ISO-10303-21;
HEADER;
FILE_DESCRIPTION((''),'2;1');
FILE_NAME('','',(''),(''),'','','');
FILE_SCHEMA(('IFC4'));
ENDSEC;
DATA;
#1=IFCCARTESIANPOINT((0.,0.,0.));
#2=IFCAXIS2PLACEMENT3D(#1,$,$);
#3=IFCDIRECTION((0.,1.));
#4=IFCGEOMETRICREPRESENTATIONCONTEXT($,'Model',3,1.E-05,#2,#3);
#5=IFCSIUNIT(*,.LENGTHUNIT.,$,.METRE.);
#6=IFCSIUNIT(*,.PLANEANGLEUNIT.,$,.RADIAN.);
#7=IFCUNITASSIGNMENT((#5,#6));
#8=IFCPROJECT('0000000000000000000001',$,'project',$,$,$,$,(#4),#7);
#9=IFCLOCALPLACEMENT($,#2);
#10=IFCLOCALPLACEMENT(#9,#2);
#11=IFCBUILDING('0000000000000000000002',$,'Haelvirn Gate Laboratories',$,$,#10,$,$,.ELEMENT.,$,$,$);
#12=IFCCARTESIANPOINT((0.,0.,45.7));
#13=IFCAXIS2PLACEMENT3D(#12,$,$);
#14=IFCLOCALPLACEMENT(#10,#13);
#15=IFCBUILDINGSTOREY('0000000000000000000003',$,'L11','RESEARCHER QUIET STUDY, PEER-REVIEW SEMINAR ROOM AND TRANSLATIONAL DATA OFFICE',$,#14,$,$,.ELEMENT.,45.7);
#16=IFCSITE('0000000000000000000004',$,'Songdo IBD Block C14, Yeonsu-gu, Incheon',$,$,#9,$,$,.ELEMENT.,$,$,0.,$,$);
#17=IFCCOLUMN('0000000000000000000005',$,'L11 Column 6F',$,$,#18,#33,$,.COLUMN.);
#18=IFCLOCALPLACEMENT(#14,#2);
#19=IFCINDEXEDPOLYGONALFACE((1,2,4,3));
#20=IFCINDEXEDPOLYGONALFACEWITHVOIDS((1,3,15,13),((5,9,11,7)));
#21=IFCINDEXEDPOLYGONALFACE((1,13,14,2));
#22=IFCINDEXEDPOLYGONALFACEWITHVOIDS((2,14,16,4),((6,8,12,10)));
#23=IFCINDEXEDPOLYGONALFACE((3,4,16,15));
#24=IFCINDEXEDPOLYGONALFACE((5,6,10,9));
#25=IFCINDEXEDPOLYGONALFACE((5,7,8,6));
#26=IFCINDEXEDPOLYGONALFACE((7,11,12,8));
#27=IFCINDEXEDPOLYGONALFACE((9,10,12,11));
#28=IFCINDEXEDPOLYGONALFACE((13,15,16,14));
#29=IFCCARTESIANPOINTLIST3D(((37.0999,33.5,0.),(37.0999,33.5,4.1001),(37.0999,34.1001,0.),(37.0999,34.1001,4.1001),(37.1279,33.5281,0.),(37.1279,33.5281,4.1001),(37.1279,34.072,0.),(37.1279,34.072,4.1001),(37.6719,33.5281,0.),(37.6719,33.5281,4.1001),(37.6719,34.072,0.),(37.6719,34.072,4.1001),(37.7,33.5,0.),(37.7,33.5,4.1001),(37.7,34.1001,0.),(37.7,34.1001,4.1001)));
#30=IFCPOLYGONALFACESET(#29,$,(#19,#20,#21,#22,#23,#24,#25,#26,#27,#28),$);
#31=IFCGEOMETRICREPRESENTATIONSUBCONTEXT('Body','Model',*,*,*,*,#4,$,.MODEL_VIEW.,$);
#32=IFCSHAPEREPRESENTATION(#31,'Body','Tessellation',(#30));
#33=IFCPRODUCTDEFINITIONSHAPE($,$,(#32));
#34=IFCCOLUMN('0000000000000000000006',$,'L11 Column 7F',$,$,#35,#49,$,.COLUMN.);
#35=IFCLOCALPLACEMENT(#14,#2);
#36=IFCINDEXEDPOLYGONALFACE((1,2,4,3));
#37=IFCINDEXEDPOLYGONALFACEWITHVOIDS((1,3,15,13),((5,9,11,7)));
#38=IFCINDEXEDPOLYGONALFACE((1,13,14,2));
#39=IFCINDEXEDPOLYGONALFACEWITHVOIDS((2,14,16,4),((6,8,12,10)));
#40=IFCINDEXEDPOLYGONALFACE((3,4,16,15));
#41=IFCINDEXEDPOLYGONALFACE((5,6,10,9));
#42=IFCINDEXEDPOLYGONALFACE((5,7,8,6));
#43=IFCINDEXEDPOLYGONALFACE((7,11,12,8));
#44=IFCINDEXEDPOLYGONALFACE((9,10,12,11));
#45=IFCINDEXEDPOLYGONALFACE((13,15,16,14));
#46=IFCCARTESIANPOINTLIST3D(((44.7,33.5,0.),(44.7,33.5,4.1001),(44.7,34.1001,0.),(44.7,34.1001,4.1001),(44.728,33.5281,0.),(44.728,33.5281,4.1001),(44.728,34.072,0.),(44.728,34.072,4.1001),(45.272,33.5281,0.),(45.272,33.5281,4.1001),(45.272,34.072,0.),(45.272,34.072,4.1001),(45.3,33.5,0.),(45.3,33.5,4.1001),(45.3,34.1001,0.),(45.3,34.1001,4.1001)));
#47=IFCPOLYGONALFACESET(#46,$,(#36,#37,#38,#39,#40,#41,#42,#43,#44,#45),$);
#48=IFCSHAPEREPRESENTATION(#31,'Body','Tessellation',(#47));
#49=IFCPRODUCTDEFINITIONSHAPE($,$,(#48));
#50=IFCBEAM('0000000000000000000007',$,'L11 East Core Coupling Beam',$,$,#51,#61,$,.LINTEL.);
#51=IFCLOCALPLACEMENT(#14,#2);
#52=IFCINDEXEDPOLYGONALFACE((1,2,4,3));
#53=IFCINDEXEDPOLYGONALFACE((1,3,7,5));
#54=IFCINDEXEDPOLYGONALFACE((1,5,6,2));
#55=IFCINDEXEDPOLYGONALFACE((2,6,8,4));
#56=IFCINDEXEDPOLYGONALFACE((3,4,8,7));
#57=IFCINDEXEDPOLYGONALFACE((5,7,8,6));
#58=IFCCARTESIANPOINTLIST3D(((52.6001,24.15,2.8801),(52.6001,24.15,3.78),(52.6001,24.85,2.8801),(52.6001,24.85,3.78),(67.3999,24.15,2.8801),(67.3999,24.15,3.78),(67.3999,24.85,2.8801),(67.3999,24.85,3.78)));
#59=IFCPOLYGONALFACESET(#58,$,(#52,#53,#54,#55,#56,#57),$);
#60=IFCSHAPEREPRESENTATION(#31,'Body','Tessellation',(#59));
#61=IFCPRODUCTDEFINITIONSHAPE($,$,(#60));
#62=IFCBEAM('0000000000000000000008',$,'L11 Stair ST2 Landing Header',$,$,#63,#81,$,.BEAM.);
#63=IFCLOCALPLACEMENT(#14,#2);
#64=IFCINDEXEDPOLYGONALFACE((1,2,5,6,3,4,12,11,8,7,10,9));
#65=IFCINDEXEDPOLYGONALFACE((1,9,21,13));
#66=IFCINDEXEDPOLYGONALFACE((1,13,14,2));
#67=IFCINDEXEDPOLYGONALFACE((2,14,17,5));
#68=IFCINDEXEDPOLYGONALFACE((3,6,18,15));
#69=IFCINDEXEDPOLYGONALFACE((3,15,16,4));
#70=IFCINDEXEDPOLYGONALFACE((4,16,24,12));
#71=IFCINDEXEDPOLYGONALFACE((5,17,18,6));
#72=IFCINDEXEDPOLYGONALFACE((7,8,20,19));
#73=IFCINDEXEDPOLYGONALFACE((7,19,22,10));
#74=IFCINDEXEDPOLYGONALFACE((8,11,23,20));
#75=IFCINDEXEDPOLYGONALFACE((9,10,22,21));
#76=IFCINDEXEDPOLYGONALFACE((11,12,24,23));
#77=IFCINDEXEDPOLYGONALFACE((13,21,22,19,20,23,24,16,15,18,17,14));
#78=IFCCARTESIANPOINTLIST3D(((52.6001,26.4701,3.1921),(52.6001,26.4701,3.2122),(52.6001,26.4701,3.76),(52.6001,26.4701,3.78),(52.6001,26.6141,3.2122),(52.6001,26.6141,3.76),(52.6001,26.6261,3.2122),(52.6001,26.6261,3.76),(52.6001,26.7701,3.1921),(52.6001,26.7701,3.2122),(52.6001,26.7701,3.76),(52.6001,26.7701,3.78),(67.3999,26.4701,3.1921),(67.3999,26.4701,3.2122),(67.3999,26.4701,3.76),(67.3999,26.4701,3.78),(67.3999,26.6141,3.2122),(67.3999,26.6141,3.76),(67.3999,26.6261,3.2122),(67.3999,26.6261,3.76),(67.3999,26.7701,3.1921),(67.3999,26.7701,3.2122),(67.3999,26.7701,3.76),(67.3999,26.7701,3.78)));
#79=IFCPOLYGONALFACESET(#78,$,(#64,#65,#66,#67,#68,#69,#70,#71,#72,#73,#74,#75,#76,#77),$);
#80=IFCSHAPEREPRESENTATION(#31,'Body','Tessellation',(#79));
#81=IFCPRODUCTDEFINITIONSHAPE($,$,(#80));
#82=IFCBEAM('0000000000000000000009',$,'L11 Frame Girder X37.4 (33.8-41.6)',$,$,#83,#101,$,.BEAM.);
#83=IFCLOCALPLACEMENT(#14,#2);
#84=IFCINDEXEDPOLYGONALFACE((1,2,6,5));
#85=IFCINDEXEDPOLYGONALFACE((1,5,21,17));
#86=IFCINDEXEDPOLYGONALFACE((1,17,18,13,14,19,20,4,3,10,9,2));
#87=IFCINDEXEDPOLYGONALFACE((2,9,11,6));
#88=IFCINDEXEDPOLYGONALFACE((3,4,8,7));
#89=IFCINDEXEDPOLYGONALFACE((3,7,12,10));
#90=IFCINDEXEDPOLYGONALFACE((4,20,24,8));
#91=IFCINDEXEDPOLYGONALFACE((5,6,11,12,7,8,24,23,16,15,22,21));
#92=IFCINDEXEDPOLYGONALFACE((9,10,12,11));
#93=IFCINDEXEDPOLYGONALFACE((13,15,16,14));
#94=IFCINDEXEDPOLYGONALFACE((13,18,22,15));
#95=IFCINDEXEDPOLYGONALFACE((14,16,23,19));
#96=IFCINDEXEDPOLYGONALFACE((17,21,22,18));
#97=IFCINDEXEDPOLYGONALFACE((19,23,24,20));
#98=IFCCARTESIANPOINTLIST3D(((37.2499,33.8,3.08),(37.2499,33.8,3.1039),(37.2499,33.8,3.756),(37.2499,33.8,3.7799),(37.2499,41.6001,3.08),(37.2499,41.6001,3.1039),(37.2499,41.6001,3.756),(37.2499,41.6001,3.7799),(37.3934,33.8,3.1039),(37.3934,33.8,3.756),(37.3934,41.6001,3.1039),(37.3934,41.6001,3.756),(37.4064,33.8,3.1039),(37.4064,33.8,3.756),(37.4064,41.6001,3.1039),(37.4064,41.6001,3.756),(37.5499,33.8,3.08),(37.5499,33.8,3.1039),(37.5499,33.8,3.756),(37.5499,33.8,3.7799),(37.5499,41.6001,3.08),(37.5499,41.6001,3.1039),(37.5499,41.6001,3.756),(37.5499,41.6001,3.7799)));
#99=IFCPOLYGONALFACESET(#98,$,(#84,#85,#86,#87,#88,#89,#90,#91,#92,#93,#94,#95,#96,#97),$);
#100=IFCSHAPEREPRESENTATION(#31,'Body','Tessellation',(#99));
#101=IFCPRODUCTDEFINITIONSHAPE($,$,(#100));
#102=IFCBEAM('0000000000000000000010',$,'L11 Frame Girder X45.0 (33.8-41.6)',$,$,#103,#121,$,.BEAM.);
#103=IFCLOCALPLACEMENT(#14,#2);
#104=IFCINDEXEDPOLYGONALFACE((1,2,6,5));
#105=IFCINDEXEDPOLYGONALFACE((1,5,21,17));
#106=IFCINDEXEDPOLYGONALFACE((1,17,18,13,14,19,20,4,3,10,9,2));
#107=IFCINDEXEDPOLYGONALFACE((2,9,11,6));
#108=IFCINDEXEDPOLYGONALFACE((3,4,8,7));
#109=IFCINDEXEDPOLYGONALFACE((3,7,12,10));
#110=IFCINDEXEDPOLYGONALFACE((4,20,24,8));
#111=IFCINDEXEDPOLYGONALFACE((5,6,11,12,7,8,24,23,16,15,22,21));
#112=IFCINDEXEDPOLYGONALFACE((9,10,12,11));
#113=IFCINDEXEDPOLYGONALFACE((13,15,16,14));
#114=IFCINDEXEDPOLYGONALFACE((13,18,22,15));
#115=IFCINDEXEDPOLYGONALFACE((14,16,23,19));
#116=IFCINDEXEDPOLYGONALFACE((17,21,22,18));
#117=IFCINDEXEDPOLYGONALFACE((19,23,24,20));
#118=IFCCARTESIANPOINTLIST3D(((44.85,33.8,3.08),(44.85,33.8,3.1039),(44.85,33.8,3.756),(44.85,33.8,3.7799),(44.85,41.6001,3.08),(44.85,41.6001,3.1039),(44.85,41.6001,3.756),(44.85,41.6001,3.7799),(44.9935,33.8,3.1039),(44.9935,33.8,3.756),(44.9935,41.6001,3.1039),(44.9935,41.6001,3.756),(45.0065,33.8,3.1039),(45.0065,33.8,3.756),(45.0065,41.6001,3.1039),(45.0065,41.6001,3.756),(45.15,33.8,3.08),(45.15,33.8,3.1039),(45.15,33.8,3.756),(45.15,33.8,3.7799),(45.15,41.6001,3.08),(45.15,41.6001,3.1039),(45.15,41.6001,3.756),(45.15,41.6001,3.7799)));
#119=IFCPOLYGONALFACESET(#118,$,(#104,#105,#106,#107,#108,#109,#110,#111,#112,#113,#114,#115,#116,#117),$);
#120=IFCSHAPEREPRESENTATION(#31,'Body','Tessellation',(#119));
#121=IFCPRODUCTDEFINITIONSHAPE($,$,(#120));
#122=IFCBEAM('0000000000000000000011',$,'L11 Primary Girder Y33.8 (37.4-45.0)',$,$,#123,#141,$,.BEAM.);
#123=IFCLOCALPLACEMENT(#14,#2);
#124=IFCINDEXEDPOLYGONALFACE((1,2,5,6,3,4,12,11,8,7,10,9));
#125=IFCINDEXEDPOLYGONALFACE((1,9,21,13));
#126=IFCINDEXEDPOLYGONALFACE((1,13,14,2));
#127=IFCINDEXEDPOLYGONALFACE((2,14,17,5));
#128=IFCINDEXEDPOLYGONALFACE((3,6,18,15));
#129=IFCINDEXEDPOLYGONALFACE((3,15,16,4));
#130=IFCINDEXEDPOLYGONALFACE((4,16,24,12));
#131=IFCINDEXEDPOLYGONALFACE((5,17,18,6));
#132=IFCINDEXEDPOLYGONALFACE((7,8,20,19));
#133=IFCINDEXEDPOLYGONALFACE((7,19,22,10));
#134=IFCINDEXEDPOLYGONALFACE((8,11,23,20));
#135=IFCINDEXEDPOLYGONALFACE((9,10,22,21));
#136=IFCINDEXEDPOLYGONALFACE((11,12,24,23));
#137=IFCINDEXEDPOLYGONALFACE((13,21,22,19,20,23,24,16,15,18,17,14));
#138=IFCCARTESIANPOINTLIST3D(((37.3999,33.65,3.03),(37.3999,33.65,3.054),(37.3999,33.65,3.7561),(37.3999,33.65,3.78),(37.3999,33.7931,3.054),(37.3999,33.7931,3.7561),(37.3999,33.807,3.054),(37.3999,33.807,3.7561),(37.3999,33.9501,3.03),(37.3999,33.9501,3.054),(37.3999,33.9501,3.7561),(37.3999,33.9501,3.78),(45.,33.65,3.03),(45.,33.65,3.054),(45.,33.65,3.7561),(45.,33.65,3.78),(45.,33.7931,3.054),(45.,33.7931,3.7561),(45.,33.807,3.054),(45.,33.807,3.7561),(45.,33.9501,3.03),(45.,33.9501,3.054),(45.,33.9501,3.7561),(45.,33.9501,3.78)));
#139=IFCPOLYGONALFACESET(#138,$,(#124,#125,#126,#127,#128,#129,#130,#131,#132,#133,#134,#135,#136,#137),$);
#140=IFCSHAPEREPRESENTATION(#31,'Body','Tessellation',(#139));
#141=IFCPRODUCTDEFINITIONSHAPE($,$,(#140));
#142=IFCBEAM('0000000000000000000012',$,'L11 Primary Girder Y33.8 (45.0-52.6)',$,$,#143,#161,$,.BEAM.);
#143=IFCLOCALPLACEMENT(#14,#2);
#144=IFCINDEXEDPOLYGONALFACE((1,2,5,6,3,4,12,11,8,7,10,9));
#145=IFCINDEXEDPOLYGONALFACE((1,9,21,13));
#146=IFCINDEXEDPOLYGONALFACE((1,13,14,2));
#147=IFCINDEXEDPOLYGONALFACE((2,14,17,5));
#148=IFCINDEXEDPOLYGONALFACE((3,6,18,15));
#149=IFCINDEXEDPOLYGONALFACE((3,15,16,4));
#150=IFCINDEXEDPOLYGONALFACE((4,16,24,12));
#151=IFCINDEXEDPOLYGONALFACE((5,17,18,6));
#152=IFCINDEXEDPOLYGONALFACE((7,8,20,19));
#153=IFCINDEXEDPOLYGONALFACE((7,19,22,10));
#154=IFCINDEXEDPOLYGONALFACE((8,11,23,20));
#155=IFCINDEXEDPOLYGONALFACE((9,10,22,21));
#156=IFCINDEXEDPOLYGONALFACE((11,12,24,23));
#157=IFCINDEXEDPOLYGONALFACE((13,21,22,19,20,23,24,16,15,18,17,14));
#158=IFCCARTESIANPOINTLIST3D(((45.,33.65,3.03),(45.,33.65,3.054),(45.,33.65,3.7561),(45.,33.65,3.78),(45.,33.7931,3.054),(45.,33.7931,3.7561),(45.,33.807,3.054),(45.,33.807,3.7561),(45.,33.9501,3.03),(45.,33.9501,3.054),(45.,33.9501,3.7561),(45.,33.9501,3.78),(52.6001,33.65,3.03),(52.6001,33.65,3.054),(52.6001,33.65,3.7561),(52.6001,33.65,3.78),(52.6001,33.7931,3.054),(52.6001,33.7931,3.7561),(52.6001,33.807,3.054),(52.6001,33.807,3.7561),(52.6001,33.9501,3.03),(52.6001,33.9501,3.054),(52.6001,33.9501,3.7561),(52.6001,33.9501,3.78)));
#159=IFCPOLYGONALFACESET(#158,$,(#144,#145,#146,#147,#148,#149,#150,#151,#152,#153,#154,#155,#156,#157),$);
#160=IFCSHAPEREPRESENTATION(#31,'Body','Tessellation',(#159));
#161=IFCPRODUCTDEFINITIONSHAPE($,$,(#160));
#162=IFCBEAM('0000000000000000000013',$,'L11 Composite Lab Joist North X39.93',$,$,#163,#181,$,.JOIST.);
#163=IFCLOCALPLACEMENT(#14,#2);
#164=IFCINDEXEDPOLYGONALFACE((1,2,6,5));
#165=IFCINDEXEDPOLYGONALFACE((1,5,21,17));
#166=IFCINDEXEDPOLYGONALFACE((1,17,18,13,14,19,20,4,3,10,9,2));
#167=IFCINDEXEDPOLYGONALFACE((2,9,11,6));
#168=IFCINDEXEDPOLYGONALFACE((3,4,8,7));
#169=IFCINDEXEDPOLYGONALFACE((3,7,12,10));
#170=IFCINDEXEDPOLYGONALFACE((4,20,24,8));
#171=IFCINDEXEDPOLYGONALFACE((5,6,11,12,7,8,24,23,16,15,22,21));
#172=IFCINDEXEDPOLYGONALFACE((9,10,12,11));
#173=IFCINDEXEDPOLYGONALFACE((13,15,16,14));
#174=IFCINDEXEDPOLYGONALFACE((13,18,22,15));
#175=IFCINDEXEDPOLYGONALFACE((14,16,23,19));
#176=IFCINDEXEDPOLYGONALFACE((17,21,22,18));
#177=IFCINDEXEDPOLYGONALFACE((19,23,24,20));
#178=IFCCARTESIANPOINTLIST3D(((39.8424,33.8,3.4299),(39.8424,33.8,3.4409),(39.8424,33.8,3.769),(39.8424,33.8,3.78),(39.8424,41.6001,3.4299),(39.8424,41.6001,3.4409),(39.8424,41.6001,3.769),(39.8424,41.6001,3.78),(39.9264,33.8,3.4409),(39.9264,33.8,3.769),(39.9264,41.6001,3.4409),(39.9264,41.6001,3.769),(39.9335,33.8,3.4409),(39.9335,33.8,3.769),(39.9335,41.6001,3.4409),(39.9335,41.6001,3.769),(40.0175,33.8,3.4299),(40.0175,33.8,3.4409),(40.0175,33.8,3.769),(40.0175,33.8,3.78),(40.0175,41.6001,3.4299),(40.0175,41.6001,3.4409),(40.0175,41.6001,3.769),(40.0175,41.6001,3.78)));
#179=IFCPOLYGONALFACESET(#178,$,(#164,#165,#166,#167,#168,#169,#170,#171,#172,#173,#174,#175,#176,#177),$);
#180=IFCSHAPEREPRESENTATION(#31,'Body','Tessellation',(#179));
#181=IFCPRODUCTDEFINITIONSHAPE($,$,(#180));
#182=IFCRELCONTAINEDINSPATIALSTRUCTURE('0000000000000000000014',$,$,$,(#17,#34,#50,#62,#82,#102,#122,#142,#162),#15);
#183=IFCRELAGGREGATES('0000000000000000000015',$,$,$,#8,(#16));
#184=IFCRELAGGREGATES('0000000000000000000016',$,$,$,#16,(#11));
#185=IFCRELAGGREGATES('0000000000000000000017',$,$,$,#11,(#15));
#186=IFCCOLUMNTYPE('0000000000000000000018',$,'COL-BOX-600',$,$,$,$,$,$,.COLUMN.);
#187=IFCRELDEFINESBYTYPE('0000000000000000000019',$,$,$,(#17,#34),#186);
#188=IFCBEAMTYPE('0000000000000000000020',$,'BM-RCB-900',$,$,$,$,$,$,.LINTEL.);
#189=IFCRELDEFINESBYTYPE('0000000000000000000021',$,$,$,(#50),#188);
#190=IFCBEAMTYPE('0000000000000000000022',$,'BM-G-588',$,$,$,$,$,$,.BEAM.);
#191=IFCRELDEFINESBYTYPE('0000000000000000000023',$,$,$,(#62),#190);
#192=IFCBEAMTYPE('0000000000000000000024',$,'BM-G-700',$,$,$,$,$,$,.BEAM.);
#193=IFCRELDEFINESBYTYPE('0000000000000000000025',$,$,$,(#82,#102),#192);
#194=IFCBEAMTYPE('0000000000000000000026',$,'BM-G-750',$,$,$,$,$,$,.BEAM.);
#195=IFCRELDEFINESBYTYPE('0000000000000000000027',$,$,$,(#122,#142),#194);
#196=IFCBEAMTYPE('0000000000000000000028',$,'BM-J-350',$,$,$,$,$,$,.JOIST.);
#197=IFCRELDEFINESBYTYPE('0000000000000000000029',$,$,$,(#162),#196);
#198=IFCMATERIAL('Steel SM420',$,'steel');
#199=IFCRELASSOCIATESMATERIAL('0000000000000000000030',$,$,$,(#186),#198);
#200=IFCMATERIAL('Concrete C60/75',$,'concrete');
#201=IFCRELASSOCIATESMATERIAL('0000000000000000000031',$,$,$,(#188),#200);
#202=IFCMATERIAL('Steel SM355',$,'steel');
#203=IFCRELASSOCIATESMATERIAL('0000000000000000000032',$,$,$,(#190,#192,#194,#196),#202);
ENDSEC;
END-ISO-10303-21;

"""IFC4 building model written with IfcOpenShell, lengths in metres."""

from ifc_helpers import new_model, si_unit, direction, frame, origin, origin_2d, place, context, subcontext, project, spatial, rectangle, hollow_rectangle, i_section, extrude, source, transform, mapped, material, material_profile, profile_set, type_object, type_shapes, element, save


model = new_model("IFC4")

# Units and contexts
model_context = context("Model", 3, precision=1e-05, world=origin(), true_north=direction((0.0, 1.0)))
body_context = subcontext(model_context, "Body", "Model", "MODEL_VIEW")
ifc_project = project(units=[si_unit("LENGTHUNIT", "METRE"), si_unit("PLANEANGLEUNIT", "RADIAN")], contexts=[model_context])

# Site, building, storey
site_placement = place(None, origin())
site = spatial("IfcSite", under=ifc_project, at=site_placement, Name="Songdo IBD Block C14, Yeonsu-gu, Incheon", CompositionType="ELEMENT", RefElevation=0.0)
building_placement = place(site_placement, origin())
building = spatial("IfcBuilding", under=site, at=building_placement, Name="Haelvirn Gate Laboratories", CompositionType="ELEMENT")
storey_placement = place(building_placement, frame((0.0, 0.0, 45.7)))
storey = spatial("IfcBuildingStorey", under=building, at=storey_placement, Name="L11", Description="RESEARCHER QUIET STUDY, PEER-REVIEW SEMINAR ROOM AND TRANSLATIONAL DATA OFFICE", CompositionType="ELEMENT", Elevation=45.7)

# Columns
ifc_material_1 = material(Name="Steel SM420", Category="steel")
ifc_material_profile_1 = material_profile(ifc_material_1, hollow_rectangle(XDim=0.6001, YDim=0.6001, WallThickness=0.0281, at=origin_2d()), Name="BOX-600x600x28")
ifc_profile_set_1 = profile_set([ifc_material_profile_1], Name="Steel SM420")
column_type = type_object("IfcColumnType", Name="COL-BOX-600", PredefinedType="COLUMN", material=ifc_profile_set_1)
shared_shape_1 = source(origin(), body_context, "Body", "SweptSolid", [
    extrude(hollow_rectangle(XDim=0.6001, YDim=0.6001, WallThickness=0.0281, at=origin_2d()), origin(), (0.0, 0.0, 1.0), 4.1001),
])
type_shapes(column_type, [shared_shape_1])
for number, where, z_axis, x_axis, name in (
    (1, (37.3999, 33.8, 0.0), (0.0, 0.0, 1.0), (1.0, 0.0, 0.0), "L11 Column 6F"),
    (2, (45.0, 33.8, 0.0), (0.0, 0.0, 1.0), (1.0, 0.0, 0.0), "L11 Column 7F"),
):
    element("IfcColumn", number, at=place(storey_placement, frame(where, z_axis=z_axis, x_axis=x_axis)), inside=storey, type_object=column_type, Name=name, PredefinedType="COLUMN", context=body_context, shape_type="MappedRepresentation", body=[
        mapped(shared_shape_1, transform((0.0, 0.0, 0.0), scale=1.0)),
    ])

# Beams
ifc_material_2 = material(Name="Concrete C60/75", Category="concrete")
ifc_material_profile_2 = material_profile(ifc_material_2, rectangle(XDim=0.7, YDim=0.8999, at=origin_2d()), Name="RCB-700x900")
ifc_profile_set_2 = profile_set([ifc_material_profile_2], Name="Concrete C60/75")
beam_type_1 = type_object("IfcBeamType", Name="BM-RCB-900", PredefinedType="LINTEL", material=ifc_profile_set_2)
shared_shape_2 = source(origin(), body_context, "Body", "SweptSolid", [
    extrude(rectangle(XDim=0.7, YDim=0.8999, at=origin_2d()), origin(), (0.0, 0.0, 1.0), 14.7998),
])
type_shapes(beam_type_1, [shared_shape_2])
beam_1_placement = place(storey_placement, frame((52.6001, 24.5, 3.3301), z_axis=(1.0, 0.0, 0.0), x_axis=(0.0, 1.0, 0.0)))
element("IfcBeam", 3, at=beam_1_placement, inside=storey, type_object=beam_type_1, Name="L11 East Core Coupling Beam", PredefinedType="LINTEL", context=body_context, shape_type="MappedRepresentation", body=[
    mapped(shared_shape_2, transform((0.0, 0.0, 0.0), scale=1.0)),
])
ifc_material_3 = material(Name="Steel SM355", Category="steel")
ifc_material_profile_3 = material_profile(ifc_material_3, i_section(OverallWidth=0.3, OverallDepth=0.5879, WebThickness=0.012, FlangeThickness=0.02, at=origin_2d()), Name="H-588x300x12x20")
ifc_profile_set_3 = profile_set([ifc_material_profile_3], Name="Steel SM355")
beam_type_2 = type_object("IfcBeamType", Name="BM-G-588", PredefinedType="BEAM", material=ifc_profile_set_3)
shared_shape_3 = source(origin(), body_context, "Body", "SweptSolid", [
    extrude(i_section(OverallWidth=0.3, OverallDepth=0.5879, WebThickness=0.012, FlangeThickness=0.02, at=origin_2d()), origin(), (0.0, 0.0, 1.0), 14.7998),
])
type_shapes(beam_type_2, [shared_shape_3])
beam_2_placement = place(storey_placement, frame((52.6001, 26.6201, 3.4861), z_axis=(1.0, 0.0, 0.0), x_axis=(0.0, 1.0, 0.0)))
element("IfcBeam", 4, at=beam_2_placement, inside=storey, type_object=beam_type_2, Name="L11 Stair ST2 Landing Header", PredefinedType="BEAM", context=body_context, shape_type="MappedRepresentation", body=[
    mapped(shared_shape_3, transform((0.0, 0.0, 0.0), scale=1.0)),
])
ifc_material_profile_4 = material_profile(ifc_material_3, i_section(OverallWidth=0.3, OverallDepth=0.7, WebThickness=0.0129, FlangeThickness=0.0239, at=origin_2d()), Name="H-700x300x13x24")
ifc_profile_set_4 = profile_set([ifc_material_profile_4], Name="Steel SM355")
beam_type_3 = type_object("IfcBeamType", Name="BM-G-700", PredefinedType="BEAM", material=ifc_profile_set_4)
shared_shape_4 = source(origin(), body_context, "Body", "SweptSolid", [
    extrude(i_section(OverallWidth=0.3, OverallDepth=0.7, WebThickness=0.0129, FlangeThickness=0.0239, at=origin_2d()), origin(), (0.0, 0.0, 1.0), 7.8),
])
type_shapes(beam_type_3, [shared_shape_4])
for number, where, z_axis, x_axis, name in (
    (5, (37.3999, 33.8, 3.4299), (0.0, 1.0, 0.0), (-1.0, 0.0, 0.0), "L11 Frame Girder X37.4 (33.8-41.6)"),
    (6, (45.0, 33.8, 3.4299), (0.0, 1.0, 0.0), (-1.0, 0.0, 0.0), "L11 Frame Girder X45.0 (33.8-41.6)"),
):
    element("IfcBeam", number, at=place(storey_placement, frame(where, z_axis=z_axis, x_axis=x_axis)), inside=storey, type_object=beam_type_3, Name=name, PredefinedType="BEAM", context=body_context, shape_type="MappedRepresentation", body=[
        mapped(shared_shape_4, transform((0.0, 0.0, 0.0), scale=1.0)),
    ])
ifc_material_profile_5 = material_profile(ifc_material_3, i_section(OverallWidth=0.3, OverallDepth=0.75, WebThickness=0.0139, FlangeThickness=0.0239, at=origin_2d()), Name="H-750x300x14x24")
ifc_profile_set_5 = profile_set([ifc_material_profile_5], Name="Steel SM355")
beam_type_4 = type_object("IfcBeamType", Name="BM-G-750", PredefinedType="BEAM", material=ifc_profile_set_5)
shared_shape_5 = source(origin(), body_context, "Body", "SweptSolid", [
    extrude(i_section(OverallWidth=0.3, OverallDepth=0.75, WebThickness=0.0139, FlangeThickness=0.0239, at=origin_2d()), origin(), (0.0, 0.0, 1.0), 7.6001),
])
type_shapes(beam_type_4, [shared_shape_5])
for number, where, z_axis, x_axis, name in (
    (7, (37.3999, 33.8, 3.405), (1.0, 0.0, 0.0), (0.0, 1.0, 0.0), "L11 Primary Girder Y33.8 (37.4-45.0)"),
    (8, (45.0, 33.8, 3.405), (1.0, 0.0, 0.0), (0.0, 1.0, 0.0), "L11 Primary Girder Y33.8 (45.0-52.6)"),
):
    element("IfcBeam", number, at=place(storey_placement, frame(where, z_axis=z_axis, x_axis=x_axis)), inside=storey, type_object=beam_type_4, Name=name, PredefinedType="BEAM", context=body_context, shape_type="MappedRepresentation", body=[
        mapped(shared_shape_5, transform((0.0, 0.0, 0.0), scale=1.0)),
    ])
ifc_material_profile_6 = material_profile(ifc_material_3, i_section(OverallWidth=0.175, OverallDepth=0.3501, WebThickness=0.0071, FlangeThickness=0.011, at=origin_2d()), Name="H-350x175x7x11")
ifc_profile_set_6 = profile_set([ifc_material_profile_6], Name="Steel SM355")
beam_type_5 = type_object("IfcBeamType", Name="BM-J-350", PredefinedType="JOIST", material=ifc_profile_set_6)
shared_shape_6 = source(origin(), body_context, "Body", "SweptSolid", [
    extrude(i_section(OverallWidth=0.175, OverallDepth=0.3501, WebThickness=0.0071, FlangeThickness=0.011, at=origin_2d()), origin(), (0.0, 0.0, 1.0), 7.8),
])
type_shapes(beam_type_5, [shared_shape_6])
for number, where, z_axis, x_axis, name in (
    (9, (39.9299, 33.8, 3.605), (0.0, 1.0, 0.0), (-1.0, 0.0, 0.0), "L11 Composite Lab Joist North X39.93"),
):
    element("IfcBeam", number, at=place(storey_placement, frame(where, z_axis=z_axis, x_axis=x_axis)), inside=storey, type_object=beam_type_5, Name=name, PredefinedType="JOIST", context=body_context, shape_type="MappedRepresentation", body=[
        mapped(shared_shape_6, transform((0.0, 0.0, 0.0), scale=1.0)),
    ])

save(model, "model.ifc")
